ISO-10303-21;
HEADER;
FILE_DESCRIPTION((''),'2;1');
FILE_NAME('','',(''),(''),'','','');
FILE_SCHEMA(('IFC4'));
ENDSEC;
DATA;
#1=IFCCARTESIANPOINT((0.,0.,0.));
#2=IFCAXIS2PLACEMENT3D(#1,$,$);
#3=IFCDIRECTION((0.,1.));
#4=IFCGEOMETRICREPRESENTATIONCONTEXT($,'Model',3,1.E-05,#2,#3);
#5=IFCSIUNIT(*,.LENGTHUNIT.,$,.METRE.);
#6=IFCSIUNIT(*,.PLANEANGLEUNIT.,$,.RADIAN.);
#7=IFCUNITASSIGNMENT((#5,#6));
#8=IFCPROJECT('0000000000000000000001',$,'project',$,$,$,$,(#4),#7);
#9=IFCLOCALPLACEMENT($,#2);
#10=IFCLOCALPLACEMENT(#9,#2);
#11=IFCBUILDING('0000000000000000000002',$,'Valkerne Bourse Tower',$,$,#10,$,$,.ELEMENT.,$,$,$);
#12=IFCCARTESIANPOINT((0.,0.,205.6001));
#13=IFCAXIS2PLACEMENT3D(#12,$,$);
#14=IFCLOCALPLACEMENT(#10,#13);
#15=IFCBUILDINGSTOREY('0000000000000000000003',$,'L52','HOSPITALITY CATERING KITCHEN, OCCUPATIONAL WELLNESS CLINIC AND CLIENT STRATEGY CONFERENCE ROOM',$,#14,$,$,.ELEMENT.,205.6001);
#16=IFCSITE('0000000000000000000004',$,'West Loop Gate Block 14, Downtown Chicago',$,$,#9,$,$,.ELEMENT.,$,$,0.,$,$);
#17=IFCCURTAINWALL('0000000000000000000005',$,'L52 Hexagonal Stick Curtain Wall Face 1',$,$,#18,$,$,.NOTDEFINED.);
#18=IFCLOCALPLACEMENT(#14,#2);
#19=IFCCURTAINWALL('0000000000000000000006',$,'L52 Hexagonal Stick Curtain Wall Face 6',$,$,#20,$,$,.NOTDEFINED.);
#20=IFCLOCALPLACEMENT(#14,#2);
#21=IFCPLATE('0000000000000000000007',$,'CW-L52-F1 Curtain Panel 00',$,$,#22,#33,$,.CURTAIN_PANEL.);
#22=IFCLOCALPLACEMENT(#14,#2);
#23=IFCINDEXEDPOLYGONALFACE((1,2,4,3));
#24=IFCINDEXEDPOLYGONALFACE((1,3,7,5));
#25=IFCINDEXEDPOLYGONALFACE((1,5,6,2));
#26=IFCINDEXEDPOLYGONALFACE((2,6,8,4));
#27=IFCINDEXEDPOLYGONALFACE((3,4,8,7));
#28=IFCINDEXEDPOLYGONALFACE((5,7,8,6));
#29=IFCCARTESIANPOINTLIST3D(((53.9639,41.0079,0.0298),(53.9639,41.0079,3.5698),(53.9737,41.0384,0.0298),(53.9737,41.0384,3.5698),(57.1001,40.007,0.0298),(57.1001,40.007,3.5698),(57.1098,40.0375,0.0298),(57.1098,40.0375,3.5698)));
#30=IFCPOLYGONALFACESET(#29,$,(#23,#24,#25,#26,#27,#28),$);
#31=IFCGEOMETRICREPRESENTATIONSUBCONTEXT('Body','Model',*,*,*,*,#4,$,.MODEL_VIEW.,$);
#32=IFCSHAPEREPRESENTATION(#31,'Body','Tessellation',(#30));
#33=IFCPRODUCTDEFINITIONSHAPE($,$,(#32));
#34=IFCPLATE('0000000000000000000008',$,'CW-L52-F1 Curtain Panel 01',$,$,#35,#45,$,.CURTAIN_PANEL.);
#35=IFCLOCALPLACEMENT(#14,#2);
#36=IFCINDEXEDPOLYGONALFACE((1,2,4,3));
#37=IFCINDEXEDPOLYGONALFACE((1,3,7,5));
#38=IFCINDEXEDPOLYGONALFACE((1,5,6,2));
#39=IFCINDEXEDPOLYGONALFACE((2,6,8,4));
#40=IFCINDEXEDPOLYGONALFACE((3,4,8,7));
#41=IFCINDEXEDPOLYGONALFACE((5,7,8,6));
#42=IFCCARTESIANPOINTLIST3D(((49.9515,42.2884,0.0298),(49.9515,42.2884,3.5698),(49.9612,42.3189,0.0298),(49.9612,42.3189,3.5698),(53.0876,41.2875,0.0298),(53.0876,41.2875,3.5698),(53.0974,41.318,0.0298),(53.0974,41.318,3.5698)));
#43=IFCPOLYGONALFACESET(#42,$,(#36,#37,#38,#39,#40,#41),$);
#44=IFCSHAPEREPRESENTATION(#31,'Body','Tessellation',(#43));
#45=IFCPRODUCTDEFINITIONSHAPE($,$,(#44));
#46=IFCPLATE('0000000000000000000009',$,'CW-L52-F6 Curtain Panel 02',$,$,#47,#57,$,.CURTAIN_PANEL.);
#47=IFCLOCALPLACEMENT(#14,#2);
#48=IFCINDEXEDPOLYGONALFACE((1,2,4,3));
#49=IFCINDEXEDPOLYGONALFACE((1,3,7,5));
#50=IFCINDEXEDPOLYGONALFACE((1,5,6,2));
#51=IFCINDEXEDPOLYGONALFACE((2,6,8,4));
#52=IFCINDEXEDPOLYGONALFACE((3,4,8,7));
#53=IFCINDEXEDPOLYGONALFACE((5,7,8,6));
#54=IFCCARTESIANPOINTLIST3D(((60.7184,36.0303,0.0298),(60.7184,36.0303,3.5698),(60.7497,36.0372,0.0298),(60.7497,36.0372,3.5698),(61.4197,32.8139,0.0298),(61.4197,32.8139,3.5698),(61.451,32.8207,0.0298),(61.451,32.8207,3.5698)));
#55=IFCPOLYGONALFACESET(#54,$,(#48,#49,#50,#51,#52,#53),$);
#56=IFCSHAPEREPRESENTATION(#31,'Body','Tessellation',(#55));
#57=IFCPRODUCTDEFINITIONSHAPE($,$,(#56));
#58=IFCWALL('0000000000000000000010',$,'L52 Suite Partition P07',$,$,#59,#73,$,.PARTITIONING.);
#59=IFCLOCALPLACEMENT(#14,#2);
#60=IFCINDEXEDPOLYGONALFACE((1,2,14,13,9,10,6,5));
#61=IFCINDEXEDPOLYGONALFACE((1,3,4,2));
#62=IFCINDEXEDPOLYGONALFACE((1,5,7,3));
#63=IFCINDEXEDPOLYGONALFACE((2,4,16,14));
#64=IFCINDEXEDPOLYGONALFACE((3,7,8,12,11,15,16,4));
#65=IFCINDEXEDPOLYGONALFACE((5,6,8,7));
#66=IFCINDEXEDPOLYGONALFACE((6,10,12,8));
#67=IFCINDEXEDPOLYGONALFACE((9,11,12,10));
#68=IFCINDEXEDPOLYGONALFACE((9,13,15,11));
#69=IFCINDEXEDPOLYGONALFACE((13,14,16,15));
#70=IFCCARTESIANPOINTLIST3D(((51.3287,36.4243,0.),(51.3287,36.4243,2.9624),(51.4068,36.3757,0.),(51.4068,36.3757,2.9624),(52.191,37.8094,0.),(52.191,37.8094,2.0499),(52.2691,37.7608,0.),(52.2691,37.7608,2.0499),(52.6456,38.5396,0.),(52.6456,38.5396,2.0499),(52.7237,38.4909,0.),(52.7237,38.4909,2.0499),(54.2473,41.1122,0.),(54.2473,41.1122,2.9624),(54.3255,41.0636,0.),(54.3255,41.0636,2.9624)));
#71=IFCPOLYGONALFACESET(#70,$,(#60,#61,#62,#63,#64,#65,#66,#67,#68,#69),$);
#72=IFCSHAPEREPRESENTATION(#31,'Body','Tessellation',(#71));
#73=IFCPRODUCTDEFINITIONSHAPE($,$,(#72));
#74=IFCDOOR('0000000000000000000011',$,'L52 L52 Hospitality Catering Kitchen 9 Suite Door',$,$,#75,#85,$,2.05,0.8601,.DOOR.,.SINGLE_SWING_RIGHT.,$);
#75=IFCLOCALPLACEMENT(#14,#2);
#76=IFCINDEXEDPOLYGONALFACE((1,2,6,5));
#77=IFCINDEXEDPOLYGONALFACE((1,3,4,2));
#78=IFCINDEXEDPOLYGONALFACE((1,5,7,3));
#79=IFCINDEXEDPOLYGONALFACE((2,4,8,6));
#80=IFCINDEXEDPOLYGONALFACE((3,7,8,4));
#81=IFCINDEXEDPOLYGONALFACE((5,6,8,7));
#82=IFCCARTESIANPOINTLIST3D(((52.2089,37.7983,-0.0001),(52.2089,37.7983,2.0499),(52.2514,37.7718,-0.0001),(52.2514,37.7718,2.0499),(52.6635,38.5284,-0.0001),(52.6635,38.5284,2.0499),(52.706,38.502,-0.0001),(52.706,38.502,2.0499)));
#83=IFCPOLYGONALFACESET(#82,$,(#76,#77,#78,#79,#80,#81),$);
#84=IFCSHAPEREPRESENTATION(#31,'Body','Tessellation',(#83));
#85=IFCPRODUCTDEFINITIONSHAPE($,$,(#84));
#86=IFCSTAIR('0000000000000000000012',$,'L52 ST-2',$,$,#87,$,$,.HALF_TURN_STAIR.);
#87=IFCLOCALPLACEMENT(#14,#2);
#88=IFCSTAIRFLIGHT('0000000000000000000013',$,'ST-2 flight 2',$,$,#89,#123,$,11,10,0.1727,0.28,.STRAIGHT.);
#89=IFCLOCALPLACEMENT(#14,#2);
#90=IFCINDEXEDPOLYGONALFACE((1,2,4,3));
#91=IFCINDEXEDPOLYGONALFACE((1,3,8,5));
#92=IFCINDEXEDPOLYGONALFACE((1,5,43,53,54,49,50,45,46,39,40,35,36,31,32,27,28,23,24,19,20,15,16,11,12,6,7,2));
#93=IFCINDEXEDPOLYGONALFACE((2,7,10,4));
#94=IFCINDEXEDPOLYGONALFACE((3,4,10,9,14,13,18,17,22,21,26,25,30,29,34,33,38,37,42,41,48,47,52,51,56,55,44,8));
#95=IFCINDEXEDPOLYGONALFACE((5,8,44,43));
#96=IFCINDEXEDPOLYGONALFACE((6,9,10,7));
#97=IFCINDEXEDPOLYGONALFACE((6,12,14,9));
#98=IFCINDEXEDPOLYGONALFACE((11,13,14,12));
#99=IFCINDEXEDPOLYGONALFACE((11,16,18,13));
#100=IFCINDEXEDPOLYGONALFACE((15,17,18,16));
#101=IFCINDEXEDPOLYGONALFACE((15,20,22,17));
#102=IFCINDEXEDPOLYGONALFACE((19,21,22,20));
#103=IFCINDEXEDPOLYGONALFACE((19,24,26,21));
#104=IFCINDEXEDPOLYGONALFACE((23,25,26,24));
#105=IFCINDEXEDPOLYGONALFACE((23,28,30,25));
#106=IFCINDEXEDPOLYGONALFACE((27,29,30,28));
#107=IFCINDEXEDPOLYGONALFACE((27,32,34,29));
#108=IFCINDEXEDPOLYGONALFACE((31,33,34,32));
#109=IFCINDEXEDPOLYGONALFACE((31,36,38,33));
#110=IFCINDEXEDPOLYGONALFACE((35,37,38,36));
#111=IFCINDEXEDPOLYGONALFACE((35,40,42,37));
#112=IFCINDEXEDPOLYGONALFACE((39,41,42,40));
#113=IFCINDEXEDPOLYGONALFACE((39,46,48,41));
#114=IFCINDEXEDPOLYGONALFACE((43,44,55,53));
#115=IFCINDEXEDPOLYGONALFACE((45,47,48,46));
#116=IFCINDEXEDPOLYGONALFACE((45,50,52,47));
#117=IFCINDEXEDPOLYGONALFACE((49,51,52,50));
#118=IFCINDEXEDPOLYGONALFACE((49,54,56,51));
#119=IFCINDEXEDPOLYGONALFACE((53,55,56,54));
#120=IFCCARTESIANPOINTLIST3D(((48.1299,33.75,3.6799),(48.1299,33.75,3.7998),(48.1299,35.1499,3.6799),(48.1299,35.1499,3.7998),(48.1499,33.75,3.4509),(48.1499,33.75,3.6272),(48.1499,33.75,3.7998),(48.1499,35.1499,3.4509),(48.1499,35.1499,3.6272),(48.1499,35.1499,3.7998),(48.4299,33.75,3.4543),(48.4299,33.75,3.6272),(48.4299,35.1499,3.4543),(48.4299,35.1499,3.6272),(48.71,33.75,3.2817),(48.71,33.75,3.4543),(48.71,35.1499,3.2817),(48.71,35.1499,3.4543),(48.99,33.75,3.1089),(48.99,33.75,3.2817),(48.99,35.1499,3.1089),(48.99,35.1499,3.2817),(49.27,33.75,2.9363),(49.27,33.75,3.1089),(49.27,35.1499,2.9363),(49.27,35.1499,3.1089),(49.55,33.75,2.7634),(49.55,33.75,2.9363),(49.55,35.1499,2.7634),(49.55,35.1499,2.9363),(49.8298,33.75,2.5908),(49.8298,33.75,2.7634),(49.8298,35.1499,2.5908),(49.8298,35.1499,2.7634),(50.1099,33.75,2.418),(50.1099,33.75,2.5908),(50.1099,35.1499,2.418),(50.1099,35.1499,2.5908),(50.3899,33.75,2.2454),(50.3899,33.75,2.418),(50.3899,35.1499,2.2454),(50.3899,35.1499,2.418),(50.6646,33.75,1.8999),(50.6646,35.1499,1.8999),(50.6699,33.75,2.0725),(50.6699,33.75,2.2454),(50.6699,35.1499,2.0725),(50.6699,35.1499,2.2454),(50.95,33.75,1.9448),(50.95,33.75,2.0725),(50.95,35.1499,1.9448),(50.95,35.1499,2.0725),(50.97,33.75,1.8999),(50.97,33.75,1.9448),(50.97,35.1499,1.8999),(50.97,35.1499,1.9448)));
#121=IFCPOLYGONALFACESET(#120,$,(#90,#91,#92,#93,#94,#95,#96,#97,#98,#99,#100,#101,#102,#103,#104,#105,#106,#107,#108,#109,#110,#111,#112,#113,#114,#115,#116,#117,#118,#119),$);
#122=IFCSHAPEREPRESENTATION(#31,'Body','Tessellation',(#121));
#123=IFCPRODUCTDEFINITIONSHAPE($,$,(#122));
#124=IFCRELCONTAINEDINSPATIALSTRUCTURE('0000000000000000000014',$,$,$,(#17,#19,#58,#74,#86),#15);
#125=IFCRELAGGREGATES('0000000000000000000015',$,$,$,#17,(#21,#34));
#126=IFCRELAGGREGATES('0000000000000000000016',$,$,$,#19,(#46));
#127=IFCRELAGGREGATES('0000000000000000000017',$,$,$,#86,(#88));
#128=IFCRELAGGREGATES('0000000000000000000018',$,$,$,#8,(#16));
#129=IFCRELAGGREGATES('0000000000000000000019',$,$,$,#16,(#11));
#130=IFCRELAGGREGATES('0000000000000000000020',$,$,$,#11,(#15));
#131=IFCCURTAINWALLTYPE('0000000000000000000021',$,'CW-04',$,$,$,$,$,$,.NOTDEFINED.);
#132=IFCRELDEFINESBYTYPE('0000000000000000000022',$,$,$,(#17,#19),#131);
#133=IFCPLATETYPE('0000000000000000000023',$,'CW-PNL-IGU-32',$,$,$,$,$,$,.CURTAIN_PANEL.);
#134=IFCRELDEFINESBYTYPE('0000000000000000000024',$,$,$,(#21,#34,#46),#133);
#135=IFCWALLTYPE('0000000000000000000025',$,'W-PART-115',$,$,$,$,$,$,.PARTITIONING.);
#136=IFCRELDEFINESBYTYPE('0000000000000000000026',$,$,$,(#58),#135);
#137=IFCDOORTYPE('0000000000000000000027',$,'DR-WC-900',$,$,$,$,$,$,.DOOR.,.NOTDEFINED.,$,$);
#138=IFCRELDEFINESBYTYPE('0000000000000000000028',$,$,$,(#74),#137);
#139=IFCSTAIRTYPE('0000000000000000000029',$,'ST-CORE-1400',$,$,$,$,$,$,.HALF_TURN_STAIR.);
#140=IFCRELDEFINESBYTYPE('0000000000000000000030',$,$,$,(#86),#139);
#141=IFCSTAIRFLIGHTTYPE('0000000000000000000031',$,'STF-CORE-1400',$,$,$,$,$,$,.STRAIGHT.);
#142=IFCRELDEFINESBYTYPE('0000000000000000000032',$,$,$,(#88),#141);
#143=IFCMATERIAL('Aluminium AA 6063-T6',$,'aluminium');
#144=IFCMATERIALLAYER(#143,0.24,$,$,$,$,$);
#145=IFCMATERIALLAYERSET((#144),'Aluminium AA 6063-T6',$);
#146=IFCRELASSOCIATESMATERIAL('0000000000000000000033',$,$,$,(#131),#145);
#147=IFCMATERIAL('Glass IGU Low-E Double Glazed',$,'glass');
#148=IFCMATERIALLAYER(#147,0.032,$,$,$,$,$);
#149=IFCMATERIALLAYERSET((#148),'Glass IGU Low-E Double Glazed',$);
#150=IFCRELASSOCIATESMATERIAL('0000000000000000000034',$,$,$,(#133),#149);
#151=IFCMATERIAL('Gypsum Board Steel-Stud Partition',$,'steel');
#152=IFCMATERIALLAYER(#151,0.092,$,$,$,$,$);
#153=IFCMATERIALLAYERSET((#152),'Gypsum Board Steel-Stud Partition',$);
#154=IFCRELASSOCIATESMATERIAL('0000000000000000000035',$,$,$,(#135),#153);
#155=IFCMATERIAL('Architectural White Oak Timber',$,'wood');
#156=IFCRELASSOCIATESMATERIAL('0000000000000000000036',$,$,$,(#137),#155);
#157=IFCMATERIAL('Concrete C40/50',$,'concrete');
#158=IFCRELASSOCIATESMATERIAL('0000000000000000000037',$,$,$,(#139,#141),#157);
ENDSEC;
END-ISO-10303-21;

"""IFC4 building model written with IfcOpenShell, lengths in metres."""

from ifc_helpers import new_model, si_unit, direction, frame, frame_2d, origin, origin_2d, place, context, subcontext, project, spatial, polyline, rectangle, outline, extrude, material, layer, layer_set, type_object, element, fill, aggregate, save


model = new_model("IFC4")

# Units and contexts
model_context = context("Model", 3, precision=1e-05, world=origin(), true_north=direction((0.0, 1.0)))
body_context = subcontext(model_context, "Body", "Model", "MODEL_VIEW")
ifc_project = project(units=[si_unit("LENGTHUNIT", "METRE"), si_unit("PLANEANGLEUNIT", "RADIAN")], contexts=[model_context])

# Site, building, storey
site_placement = place(None, origin())
site = spatial("IfcSite", under=ifc_project, at=site_placement, Name="West Loop Gate Block 14, Downtown Chicago", CompositionType="ELEMENT", RefElevation=0.0)
building_placement = place(site_placement, origin())
building = spatial("IfcBuilding", under=site, at=building_placement, Name="Valkerne Bourse Tower", CompositionType="ELEMENT")
storey_placement = place(building_placement, frame((0.0, 0.0, 205.6001)))
storey = spatial("IfcBuildingStorey", under=building, at=storey_placement, Name="L52", Description="HOSPITALITY CATERING KITCHEN, OCCUPATIONAL WELLNESS CLINIC AND CLIENT STRATEGY CONFERENCE ROOM", CompositionType="ELEMENT", Elevation=205.6001)

# Curtain wall
ifc_material_1 = material(Name="Aluminium AA 6063-T6", Category="aluminium")
ifc_layer_1 = layer(ifc_material_1, 0.24)
ifc_layer_set_1 = layer_set([ifc_layer_1], Name="Aluminium AA 6063-T6")
curtain_wall_type = type_object("IfcCurtainWallType", Name="CW-04", PredefinedType="NOTDEFINED", material=ifc_layer_set_1)
curtain_wall_1_placement = place(storey_placement, origin())
curtain_wall_1 = element("IfcCurtainWall", 1, at=curtain_wall_1_placement, inside=storey, type_object=curtain_wall_type, Name="L52 Hexagonal Stick Curtain Wall Face 1", PredefinedType="NOTDEFINED")

# Curtain wall
curtain_wall_2_placement = place(storey_placement, origin())
curtain_wall_2 = element("IfcCurtainWall", 2, at=curtain_wall_2_placement, inside=storey, type_object=curtain_wall_type, Name="L52 Hexagonal Stick Curtain Wall Face 6", PredefinedType="NOTDEFINED")

# Plates
ifc_material_2 = material(Name="Glass IGU Low-E Double Glazed", Category="glass")
ifc_layer_2 = layer(ifc_material_2, 0.032)
ifc_layer_set_2 = layer_set([ifc_layer_2], Name="Glass IGU Low-E Double Glazed")
plate_type = type_object("IfcPlateType", Name="CW-PNL-IGU-32", PredefinedType="CURTAIN_PANEL", material=ifc_layer_set_2)
plate_1_placement = place(storey_placement, frame((55.5369, 40.5227, 0.0298), z_axis=(0.0, 0.0, 1.0), x_axis=(-0.95266, 0.304037, 0.0)))
plate_1 = element("IfcPlate", 3, at=plate_1_placement, type_object=plate_type, Name="CW-L52-F1 Curtain Panel 00", PredefinedType="CURTAIN_PANEL", context=body_context, shape_type="SweptSolid", body=[
    extrude(rectangle(XDim=3.292, YDim=0.032, at=origin_2d()), origin(), (0.0, 0.0, 1.0), 3.54),
])
plate_2_placement = place(storey_placement, frame((51.5244, 41.8032, 0.0298), z_axis=(0.0, 0.0, 1.0), x_axis=(-0.95266, 0.304037, 0.0)))
plate_2 = element("IfcPlate", 4, at=plate_2_placement, type_object=plate_type, Name="CW-L52-F1 Curtain Panel 01", PredefinedType="CURTAIN_PANEL", context=body_context, shape_type="SweptSolid", body=[
    extrude(rectangle(XDim=3.292, YDim=0.032, at=origin_2d()), origin(), (0.0, 0.0, 1.0), 3.54),
])
aggregate(curtain_wall_1, [plate_1, plate_2])
plate_3_placement = place(storey_placement, frame((61.0847, 34.4255, 0.0298), z_axis=(0.0, 0.0, 1.0), x_axis=(-0.213035, 0.977045, 0.0)))
plate_3 = element("IfcPlate", 5, at=plate_3_placement, type_object=plate_type, Name="CW-L52-F6 Curtain Panel 02", PredefinedType="CURTAIN_PANEL", context=body_context, shape_type="SweptSolid", body=[
    extrude(rectangle(XDim=3.292, YDim=0.032, at=origin_2d()), origin(), (0.0, 0.0, 1.0), 3.54),
])
aggregate(curtain_wall_2, [plate_3])

# Wall, opening, door
ifc_material_3 = material(Name="Gypsum Board Steel-Stud Partition", Category="steel")
ifc_layer_3 = layer(ifc_material_3, 0.092)
ifc_layer_set_3 = layer_set([ifc_layer_3], Name="Gypsum Board Steel-Stud Partition")
wall_type = type_object("IfcWallType", Name="W-PART-115", PredefinedType="PARTITIONING", material=ifc_layer_set_3)
wall_placement = place(storey_placement, frame((51.3677, 36.3999, 0.0), z_axis=(0.0, 0.0, 1.0), x_axis=(0.528528, 0.848916, 0.0)))
wall = element("IfcWall", 6, at=wall_placement, inside=storey, type_object=wall_type, Name="L52 Suite Partition P07", PredefinedType="PARTITIONING", context=body_context, shape_type="SweptSolid", body=[
    extrude(rectangle(XDim=5.5222, YDim=0.092, at=frame_2d((2.7612, 0.0))), origin(), (0.0, 0.0, 1.0), 2.9624),
])
opening_placement = place(wall_placement, frame((1.6316, 0.0, 0.0)))
opening = element("IfcOpeningElement", 7, at=opening_placement, cuts=wall, PredefinedType="OPENING", context=body_context, shape_type="SweptSolid", body=[
    extrude(rectangle(XDim=0.8601, YDim=2.05, at=frame_2d((0.4302, 1.0249))), frame((0.0, 0.0559, 0.0), z_axis=(0.0, -1.0, 0.0), x_axis=(1.0, 0.0, 0.0)), (0.0, 0.0, 1.0), 0.1121),
])
ifc_material_4 = material(Name="Architectural White Oak Timber", Category="wood")
door_type = type_object("IfcDoorType", Name="DR-WC-900", OperationType="NOTDEFINED", PredefinedType="DOOR", material=ifc_material_4)
door_placement = place(opening_placement, origin())
door = element("IfcDoor", 8, at=door_placement, inside=storey, type_object=door_type, Name="L52 L52 Hospitality Catering Kitchen 9 Suite Door", OperationType="SINGLE_SWING_RIGHT", OverallHeight=2.05, OverallWidth=0.8601, PredefinedType="DOOR", context=body_context, shape_type="SweptSolid", body=[
    extrude(rectangle(XDim=0.8601, YDim=2.05, at=frame_2d((0.4302, 1.0249))), frame((0.0, 0.0249, 0.0), z_axis=(0.0, -1.0, 0.0), x_axis=(1.0, 0.0, 0.0)), (0.0, 0.0, 1.0), 0.05),
])
fill(opening, door)

# Stair, stair flight
ifc_material_5 = material(Name="Concrete C40/50", Category="concrete")
stair_type = type_object("IfcStairType", Name="ST-CORE-1400", PredefinedType="HALF_TURN_STAIR", material=ifc_material_5)
stair_placement = place(storey_placement, origin())
stair = element("IfcStair", 9, at=stair_placement, inside=storey, type_object=stair_type, Name="L52 ST-2", PredefinedType="HALF_TURN_STAIR")
stair_flight_type = type_object("IfcStairFlightType", Name="STF-CORE-1400", PredefinedType="STRAIGHT", material=ifc_material_5)
stair_flight_placement = place(storey_placement, frame((50.95, 34.45, 1.8999), z_axis=(0.0, 0.0, 1.0), x_axis=(-1.0, 0.0, 0.0)))
stair_flight = element("IfcStairFlight", 10, at=stair_flight_placement, type_object=stair_flight_type, Name="ST-2 flight 2", NumberOfRisers=11, NumberOfTreads=10, PredefinedType="STRAIGHT", RiserHeight=0.1727, TreadLength=0.28, context=body_context, shape_type="SweptSolid", body=[
    extrude(outline(polyline([(-0.02, 0.0), (-0.02, 0.0449), (0.0, 0.0449), (0.0, 0.1726), (0.28, 0.1726), (0.28, 0.3455), (0.5601, 0.3455), (0.5601, 0.5181), (0.8401, 0.5181), (0.8401, 0.6909), (1.1201, 0.6909), (1.1201, 0.8635), (1.3999, 0.8635), (1.3999, 1.0364), (1.6799, 1.0364), (1.6799, 1.209), (1.96, 1.209), (1.96, 1.3818), (2.24, 1.3818), (2.24, 1.5544), (2.52, 1.5544), (2.52, 1.7273), (2.8, 1.7273), (2.8, 1.8999), (2.8201, 1.8999), (2.8201, 1.78), (2.8, 1.551), (0.2854, 0.0), (-0.02, 0.0)])), frame((0.0, 0.7, 0.0), z_axis=(0.0, -1.0, 0.0), x_axis=(1.0, 0.0, 0.0)), (0.0, 0.0, 1.0), 1.3999),
])
aggregate(stair, [stair_flight])

save(model, "model.ifc")
